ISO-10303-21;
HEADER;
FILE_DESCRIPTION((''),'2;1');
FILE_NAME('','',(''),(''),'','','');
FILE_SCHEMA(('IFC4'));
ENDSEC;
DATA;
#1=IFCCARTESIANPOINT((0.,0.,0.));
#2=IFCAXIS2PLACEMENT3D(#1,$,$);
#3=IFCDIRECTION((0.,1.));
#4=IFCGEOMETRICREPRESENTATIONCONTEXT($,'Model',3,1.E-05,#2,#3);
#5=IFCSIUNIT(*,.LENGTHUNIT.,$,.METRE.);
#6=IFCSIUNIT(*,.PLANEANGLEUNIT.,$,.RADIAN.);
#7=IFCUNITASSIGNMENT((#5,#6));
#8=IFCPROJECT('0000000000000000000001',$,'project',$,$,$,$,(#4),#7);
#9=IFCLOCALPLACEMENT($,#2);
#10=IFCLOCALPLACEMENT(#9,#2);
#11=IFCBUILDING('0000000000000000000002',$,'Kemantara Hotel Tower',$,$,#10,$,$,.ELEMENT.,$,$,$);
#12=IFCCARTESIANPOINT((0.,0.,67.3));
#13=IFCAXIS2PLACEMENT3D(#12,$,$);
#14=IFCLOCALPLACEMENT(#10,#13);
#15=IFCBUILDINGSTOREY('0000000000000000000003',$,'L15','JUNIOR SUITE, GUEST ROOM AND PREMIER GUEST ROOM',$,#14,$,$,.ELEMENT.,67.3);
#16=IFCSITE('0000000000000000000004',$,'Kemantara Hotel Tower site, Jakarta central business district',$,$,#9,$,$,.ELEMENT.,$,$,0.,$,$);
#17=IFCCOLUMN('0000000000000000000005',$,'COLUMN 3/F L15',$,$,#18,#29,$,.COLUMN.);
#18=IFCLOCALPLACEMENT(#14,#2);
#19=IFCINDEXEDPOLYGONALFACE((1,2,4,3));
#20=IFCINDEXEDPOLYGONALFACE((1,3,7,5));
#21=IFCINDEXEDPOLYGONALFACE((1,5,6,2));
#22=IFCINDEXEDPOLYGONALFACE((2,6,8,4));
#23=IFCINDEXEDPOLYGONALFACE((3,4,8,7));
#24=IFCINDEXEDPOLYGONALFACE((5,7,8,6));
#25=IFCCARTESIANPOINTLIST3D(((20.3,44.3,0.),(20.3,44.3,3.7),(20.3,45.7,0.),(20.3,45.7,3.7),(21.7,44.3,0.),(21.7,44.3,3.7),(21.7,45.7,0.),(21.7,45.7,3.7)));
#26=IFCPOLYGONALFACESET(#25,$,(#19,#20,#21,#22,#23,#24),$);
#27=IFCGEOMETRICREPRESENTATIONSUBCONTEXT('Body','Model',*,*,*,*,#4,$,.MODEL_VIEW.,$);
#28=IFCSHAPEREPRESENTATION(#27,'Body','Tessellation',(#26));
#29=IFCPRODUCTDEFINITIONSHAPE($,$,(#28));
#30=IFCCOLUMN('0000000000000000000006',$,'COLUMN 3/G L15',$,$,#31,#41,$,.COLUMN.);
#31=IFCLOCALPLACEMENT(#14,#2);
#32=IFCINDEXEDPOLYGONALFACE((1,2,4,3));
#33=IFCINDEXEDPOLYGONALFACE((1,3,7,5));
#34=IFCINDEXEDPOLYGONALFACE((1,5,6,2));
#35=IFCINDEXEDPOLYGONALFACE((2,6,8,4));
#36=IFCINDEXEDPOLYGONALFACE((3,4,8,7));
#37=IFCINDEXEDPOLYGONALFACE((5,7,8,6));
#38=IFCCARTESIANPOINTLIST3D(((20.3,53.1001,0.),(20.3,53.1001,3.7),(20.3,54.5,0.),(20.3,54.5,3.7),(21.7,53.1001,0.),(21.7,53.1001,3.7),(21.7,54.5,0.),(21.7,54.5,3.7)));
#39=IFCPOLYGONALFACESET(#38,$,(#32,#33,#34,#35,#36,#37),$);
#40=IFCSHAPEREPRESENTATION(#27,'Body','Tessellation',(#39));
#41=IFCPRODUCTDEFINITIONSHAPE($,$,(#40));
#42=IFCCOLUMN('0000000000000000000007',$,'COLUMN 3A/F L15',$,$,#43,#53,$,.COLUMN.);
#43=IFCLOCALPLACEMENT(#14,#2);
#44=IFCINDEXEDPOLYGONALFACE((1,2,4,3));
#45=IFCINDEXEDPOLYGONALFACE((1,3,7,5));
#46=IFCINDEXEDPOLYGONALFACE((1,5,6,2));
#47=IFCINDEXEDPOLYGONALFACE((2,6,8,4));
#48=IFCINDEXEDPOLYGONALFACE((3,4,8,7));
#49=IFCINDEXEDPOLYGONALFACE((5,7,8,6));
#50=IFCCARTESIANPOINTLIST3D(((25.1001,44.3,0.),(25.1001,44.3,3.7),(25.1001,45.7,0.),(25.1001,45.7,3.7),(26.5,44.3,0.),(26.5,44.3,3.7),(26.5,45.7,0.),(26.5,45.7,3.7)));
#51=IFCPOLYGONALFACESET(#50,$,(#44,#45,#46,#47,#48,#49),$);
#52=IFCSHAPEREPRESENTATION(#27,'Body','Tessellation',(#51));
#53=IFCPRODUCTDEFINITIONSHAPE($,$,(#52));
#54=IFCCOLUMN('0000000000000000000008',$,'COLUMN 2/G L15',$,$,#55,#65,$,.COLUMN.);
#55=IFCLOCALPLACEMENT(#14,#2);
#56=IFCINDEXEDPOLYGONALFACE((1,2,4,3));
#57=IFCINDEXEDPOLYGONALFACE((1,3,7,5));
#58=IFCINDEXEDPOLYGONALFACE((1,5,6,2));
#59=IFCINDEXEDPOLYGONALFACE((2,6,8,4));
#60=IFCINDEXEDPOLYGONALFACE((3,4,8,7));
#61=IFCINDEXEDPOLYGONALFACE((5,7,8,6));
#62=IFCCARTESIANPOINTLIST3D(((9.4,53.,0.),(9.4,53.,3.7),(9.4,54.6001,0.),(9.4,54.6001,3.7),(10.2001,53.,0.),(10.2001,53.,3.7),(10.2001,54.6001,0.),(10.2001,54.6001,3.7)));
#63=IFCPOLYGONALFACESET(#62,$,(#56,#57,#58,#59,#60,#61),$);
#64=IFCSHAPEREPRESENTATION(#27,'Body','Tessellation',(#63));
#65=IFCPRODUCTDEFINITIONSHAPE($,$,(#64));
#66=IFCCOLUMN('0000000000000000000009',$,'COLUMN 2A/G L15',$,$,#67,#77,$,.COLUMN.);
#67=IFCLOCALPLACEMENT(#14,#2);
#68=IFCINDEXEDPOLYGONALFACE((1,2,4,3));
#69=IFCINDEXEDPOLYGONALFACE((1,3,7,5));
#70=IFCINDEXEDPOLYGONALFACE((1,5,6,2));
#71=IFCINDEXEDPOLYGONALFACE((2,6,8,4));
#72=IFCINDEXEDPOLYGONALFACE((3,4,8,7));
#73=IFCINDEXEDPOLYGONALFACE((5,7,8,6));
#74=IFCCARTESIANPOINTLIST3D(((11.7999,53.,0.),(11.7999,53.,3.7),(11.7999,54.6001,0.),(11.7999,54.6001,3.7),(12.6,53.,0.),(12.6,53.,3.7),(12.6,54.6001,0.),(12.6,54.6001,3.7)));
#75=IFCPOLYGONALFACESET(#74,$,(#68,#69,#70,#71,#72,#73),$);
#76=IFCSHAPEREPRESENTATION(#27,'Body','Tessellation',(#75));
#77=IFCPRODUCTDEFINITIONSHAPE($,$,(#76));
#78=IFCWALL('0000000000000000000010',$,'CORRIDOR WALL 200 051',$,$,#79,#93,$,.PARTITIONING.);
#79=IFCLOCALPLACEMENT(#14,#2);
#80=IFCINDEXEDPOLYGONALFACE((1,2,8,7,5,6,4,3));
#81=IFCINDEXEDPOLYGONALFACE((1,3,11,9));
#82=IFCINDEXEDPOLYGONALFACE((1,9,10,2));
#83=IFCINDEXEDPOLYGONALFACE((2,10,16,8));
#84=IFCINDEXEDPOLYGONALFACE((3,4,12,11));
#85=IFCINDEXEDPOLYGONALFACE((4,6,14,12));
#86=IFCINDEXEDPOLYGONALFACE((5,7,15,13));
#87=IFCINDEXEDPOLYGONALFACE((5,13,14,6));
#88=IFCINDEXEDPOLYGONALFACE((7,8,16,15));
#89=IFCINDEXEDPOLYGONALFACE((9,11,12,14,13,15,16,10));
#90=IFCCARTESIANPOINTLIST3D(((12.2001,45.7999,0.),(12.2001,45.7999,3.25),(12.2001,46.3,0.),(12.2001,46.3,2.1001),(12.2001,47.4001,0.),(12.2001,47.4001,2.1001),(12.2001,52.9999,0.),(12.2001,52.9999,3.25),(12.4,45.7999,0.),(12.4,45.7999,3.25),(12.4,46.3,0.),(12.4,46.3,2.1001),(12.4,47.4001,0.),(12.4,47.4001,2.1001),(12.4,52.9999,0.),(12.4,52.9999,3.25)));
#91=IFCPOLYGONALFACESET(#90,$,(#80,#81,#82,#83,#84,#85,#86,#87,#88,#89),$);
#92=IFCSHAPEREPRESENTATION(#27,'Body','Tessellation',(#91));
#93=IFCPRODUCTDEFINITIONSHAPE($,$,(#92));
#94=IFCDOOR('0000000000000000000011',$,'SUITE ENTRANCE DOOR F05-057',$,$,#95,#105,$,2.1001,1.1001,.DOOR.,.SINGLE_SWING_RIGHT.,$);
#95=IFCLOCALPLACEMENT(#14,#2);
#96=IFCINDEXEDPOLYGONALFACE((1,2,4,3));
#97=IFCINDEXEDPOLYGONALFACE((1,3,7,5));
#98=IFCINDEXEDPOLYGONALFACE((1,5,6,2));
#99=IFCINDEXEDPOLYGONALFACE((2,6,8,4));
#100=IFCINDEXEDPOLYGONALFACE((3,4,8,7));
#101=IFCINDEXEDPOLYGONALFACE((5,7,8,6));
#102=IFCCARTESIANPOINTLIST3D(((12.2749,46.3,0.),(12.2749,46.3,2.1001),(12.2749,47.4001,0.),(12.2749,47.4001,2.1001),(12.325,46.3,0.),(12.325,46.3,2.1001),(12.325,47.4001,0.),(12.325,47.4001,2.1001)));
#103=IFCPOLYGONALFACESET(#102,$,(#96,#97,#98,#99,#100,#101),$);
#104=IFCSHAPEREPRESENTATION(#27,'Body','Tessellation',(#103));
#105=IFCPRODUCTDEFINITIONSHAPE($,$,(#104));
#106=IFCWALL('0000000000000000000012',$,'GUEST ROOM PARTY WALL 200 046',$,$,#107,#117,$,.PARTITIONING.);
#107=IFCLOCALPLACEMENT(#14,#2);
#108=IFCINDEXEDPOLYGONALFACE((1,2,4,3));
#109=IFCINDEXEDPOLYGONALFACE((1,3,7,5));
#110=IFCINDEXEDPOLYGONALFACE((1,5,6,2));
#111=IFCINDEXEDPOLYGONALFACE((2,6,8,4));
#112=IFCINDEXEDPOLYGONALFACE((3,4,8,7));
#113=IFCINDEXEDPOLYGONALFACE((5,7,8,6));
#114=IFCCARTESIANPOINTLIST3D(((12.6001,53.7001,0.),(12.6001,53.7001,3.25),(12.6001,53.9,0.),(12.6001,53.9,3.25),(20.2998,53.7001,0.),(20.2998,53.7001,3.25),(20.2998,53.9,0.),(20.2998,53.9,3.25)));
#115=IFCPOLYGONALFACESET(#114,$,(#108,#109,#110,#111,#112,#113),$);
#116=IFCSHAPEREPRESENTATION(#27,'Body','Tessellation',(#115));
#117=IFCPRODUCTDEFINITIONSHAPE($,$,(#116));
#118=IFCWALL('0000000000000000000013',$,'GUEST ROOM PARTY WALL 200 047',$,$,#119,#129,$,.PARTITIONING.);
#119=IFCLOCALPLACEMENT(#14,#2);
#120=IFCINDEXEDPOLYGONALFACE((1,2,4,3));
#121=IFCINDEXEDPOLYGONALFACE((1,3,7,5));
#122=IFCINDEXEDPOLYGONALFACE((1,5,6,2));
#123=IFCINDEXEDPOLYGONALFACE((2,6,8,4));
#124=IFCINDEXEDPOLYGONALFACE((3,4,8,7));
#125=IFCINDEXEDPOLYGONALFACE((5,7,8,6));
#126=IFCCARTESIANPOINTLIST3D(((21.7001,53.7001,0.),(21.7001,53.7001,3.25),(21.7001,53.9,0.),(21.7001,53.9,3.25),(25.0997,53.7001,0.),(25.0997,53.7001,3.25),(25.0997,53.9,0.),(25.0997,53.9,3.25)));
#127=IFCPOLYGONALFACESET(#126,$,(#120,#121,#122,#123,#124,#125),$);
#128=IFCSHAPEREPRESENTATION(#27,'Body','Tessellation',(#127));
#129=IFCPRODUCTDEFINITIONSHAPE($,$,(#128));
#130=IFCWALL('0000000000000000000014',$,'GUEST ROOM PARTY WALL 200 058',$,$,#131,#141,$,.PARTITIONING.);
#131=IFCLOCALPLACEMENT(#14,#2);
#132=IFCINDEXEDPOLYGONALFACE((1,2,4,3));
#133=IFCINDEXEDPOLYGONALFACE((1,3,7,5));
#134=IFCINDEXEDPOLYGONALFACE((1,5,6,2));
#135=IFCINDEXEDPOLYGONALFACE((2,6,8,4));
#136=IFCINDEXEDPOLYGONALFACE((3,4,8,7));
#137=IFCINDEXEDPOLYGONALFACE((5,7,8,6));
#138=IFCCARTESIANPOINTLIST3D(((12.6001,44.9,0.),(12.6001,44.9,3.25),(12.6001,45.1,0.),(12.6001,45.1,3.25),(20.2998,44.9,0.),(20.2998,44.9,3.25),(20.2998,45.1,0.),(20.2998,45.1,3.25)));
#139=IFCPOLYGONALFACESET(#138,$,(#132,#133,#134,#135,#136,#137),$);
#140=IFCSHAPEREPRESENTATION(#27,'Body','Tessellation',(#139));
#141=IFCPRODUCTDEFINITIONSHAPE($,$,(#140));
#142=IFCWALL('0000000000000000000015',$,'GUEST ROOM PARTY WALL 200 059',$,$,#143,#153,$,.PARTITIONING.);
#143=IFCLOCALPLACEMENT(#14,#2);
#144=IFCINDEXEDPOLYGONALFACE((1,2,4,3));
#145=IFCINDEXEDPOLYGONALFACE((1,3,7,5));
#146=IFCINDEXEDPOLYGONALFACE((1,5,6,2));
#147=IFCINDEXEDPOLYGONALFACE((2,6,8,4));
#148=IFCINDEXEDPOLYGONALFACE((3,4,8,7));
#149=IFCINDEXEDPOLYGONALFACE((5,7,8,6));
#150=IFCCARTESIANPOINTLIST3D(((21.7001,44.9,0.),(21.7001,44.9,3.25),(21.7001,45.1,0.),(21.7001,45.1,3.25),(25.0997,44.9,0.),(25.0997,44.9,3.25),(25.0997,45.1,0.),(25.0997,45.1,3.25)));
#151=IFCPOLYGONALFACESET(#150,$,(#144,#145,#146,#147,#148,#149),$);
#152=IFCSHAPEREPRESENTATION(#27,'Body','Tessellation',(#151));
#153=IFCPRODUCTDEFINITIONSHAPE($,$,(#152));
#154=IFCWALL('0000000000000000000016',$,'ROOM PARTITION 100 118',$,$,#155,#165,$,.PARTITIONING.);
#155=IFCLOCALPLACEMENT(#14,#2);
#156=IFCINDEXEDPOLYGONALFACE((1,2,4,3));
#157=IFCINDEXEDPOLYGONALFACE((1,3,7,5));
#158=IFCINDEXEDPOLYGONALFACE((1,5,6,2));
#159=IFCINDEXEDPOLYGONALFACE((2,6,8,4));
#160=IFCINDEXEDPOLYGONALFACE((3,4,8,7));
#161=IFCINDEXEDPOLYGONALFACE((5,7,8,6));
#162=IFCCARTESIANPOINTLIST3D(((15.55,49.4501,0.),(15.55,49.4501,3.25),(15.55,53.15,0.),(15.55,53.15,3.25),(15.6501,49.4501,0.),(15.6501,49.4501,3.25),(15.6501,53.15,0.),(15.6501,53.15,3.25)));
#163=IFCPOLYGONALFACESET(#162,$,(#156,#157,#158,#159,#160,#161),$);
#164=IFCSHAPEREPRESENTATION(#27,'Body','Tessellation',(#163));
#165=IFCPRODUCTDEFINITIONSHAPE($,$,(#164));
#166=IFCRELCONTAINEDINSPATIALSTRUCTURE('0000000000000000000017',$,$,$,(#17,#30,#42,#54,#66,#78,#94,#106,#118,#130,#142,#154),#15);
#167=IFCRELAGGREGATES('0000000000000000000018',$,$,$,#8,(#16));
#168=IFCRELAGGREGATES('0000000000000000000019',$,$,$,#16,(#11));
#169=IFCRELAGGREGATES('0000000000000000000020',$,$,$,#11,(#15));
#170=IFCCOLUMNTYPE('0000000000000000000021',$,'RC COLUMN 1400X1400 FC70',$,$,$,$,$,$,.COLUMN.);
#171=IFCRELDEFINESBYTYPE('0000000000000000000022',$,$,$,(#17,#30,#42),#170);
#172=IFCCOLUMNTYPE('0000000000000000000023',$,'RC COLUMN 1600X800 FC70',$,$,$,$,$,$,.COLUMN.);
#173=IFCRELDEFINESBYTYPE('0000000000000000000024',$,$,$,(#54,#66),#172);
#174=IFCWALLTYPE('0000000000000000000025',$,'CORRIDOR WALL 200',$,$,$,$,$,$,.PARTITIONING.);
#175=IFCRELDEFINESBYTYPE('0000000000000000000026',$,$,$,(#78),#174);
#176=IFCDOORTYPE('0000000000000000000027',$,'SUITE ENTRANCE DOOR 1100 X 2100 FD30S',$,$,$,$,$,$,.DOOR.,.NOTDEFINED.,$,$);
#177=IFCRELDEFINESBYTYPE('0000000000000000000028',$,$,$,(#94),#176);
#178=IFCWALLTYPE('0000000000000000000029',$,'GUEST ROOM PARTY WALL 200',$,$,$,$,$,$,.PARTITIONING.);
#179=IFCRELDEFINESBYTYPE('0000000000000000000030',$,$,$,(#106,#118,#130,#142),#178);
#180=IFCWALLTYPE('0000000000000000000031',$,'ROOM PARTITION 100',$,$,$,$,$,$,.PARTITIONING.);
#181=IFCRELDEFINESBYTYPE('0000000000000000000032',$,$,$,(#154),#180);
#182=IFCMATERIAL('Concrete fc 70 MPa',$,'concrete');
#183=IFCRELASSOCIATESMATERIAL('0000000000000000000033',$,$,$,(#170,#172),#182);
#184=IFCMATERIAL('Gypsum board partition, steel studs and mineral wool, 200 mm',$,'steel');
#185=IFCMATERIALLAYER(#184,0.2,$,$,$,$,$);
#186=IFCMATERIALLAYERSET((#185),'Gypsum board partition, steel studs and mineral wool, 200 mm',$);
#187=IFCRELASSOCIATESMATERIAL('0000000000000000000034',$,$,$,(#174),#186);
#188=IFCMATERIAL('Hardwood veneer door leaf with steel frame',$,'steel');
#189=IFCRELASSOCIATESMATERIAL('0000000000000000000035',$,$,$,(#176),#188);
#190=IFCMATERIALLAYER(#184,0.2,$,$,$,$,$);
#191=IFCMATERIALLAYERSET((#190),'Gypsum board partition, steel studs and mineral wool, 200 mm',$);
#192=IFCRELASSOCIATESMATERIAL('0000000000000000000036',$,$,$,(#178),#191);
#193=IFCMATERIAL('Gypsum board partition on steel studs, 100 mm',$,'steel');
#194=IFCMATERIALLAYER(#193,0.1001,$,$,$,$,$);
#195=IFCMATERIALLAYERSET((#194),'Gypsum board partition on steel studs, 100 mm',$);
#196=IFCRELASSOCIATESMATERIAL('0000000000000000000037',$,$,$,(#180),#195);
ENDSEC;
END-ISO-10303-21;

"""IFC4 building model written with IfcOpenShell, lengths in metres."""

from ifc_helpers import new_model, si_unit, direction, frame, frame_2d, origin, origin_2d, place, context, subcontext, project, spatial, rectangle, extrude, material, layer, layer_set, material_profile, profile_set, type_object, element, fill, save


model = new_model("IFC4")

# Units and contexts
model_context = context("Model", 3, precision=1e-05, world=origin(), true_north=direction((0.0, 1.0)))
body_context = subcontext(model_context, "Body", "Model", "MODEL_VIEW")
ifc_project = project(units=[si_unit("LENGTHUNIT", "METRE"), si_unit("PLANEANGLEUNIT", "RADIAN")], contexts=[model_context])

# Site, building, storey
site_placement = place(None, origin())
site = spatial("IfcSite", under=ifc_project, at=site_placement, Name="Kemantara Hotel Tower site, Jakarta central business district", CompositionType="ELEMENT", RefElevation=0.0)
building_placement = place(site_placement, origin())
building = spatial("IfcBuilding", under=site, at=building_placement, Name="Kemantara Hotel Tower", CompositionType="ELEMENT")
storey_placement = place(building_placement, frame((0.0, 0.0, 67.3)))
storey = spatial("IfcBuildingStorey", under=building, at=storey_placement, Name="L15", Description="JUNIOR SUITE, GUEST ROOM AND PREMIER GUEST ROOM", CompositionType="ELEMENT", Elevation=67.3)

# Columns
ifc_material_1 = material(Name="Concrete fc 70 MPa", Category="concrete")
ifc_material_profile_1 = material_profile(ifc_material_1, rectangle(XDim=1.3999, YDim=1.3999, at=origin_2d()), Name="RC 1400X1400")
ifc_profile_set_1 = profile_set([ifc_material_profile_1], Name="Concrete fc 70 MPa")
column_type_1 = type_object("IfcColumnType", Name="RC COLUMN 1400X1400 FC70", PredefinedType="COLUMN", material=ifc_profile_set_1)
for number, where, z_axis, x_axis, name in (
    (1, (21.0, 45.0, 0.0), (0.0, 0.0, 1.0), (1.0, 0.0, 0.0), "COLUMN 3/F L15"),
    (2, (21.0, 53.8, 0.0), (0.0, 0.0, 1.0), (1.0, 0.0, 0.0), "COLUMN 3/G L15"),
    (3, (25.8, 45.0, 0.0), (0.0, 0.0, 1.0), (1.0, 0.0, 0.0), "COLUMN 3A/F L15"),
):
    element("IfcColumn", number, at=place(storey_placement, frame(where, z_axis=z_axis, x_axis=x_axis)), inside=storey, type_object=column_type_1, Name=name, PredefinedType="COLUMN", context=body_context, shape_type="SweptSolid", body=[
        extrude(rectangle(XDim=1.3999, YDim=1.3999, at=origin_2d()), origin(), (0.0, 0.0, 1.0), 3.7),
    ])
ifc_material_profile_2 = material_profile(ifc_material_1, rectangle(XDim=1.6001, YDim=0.8, at=origin_2d()), Name="RC 1600X800")
ifc_profile_set_2 = profile_set([ifc_material_profile_2], Name="Concrete fc 70 MPa")
column_type_2 = type_object("IfcColumnType", Name="RC COLUMN 1600X800 FC70", PredefinedType="COLUMN", material=ifc_profile_set_2)
for number, where, z_axis, x_axis, name in (
    (4, (9.8, 53.8, 0.0), (0.0, 0.0, 1.0), (0.0, 1.0, 0.0), "COLUMN 2/G L15"),
    (5, (12.2, 53.8, 0.0), (0.0, 0.0, 1.0), (0.0, 1.0, 0.0), "COLUMN 2A/G L15"),
):
    element("IfcColumn", number, at=place(storey_placement, frame(where, z_axis=z_axis, x_axis=x_axis)), inside=storey, type_object=column_type_2, Name=name, PredefinedType="COLUMN", context=body_context, shape_type="SweptSolid", body=[
        extrude(rectangle(XDim=1.6001, YDim=0.8, at=origin_2d()), origin(), (0.0, 0.0, 1.0), 3.7),
    ])

# Wall, opening, door
ifc_material_2 = material(Name="Gypsum board partition, steel studs and mineral wool, 200 mm", Category="steel")
ifc_layer_1 = layer(ifc_material_2, 0.2)
ifc_layer_set_1 = layer_set([ifc_layer_1], Name="Gypsum board partition, steel studs and mineral wool, 200 mm")
wall_type_1 = type_object("IfcWallType", Name="CORRIDOR WALL 200", PredefinedType="PARTITIONING", material=ifc_layer_set_1)
wall_1_placement = place(storey_placement, frame((12.3, 53.0, 0.0), z_axis=(0.0, 0.0, 1.0), x_axis=(0.0, -1.0, 0.0)))
wall_1 = element("IfcWall", 6, at=wall_1_placement, inside=storey, type_object=wall_type_1, Name="CORRIDOR WALL 200 051", PredefinedType="PARTITIONING", context=body_context, shape_type="SweptSolid", body=[
    extrude(rectangle(XDim=7.2, YDim=0.2, at=frame_2d((3.6001, 0.0))), origin(), (0.0, 0.0, 1.0), 3.25),
])
opening_1_placement = place(wall_1_placement, frame((5.5999, 0.0, 0.0)))
opening_1 = element("IfcOpeningElement", 7, at=opening_1_placement, cuts=wall_1, PredefinedType="OPENING", context=body_context, shape_type="SweptSolid", body=[
    extrude(rectangle(XDim=1.1001, YDim=2.1001, at=frame_2d((0.55, 1.05))), frame((0.0, 0.1099, 0.0), z_axis=(0.0, -1.0, 0.0), x_axis=(1.0, 0.0, 0.0)), (0.0, 0.0, 1.0), 0.22),
])
ifc_material_3 = material(Name="Hardwood veneer door leaf with steel frame", Category="steel")
door_type_1 = type_object("IfcDoorType", Name="SUITE ENTRANCE DOOR 1100 X 2100 FD30S", OperationType="NOTDEFINED", PredefinedType="DOOR", material=ifc_material_3)
door_1_placement = place(opening_1_placement, origin())
door_1 = element("IfcDoor", 8, at=door_1_placement, inside=storey, type_object=door_type_1, Name="SUITE ENTRANCE DOOR F05-057", OperationType="SINGLE_SWING_RIGHT", OverallHeight=2.1001, OverallWidth=1.1001, PredefinedType="DOOR", context=body_context, shape_type="SweptSolid", body=[
    extrude(rectangle(XDim=1.1001, YDim=2.1001, at=frame_2d((0.55, 1.05))), frame((0.0, 0.0249, 0.0), z_axis=(0.0, -1.0, 0.0), x_axis=(1.0, 0.0, 0.0)), (0.0, 0.0, 1.0), 0.05),
])
fill(opening_1, door_1)

# Walls
ifc_layer_2 = layer(ifc_material_2, 0.2)
ifc_layer_set_2 = layer_set([ifc_layer_2], Name="Gypsum board partition, steel studs and mineral wool, 200 mm")
wall_type_2 = type_object("IfcWallType", Name="GUEST ROOM PARTY WALL 200", PredefinedType="PARTITIONING", material=ifc_layer_set_2)
wall_2_placement = place(storey_placement, frame((12.6001, 53.8, 0.0), z_axis=(0.0, 0.0, 1.0), x_axis=(1.0, 0.0, 0.0)))
element("IfcWall", 9, at=wall_2_placement, inside=storey, type_object=wall_type_2, Name="GUEST ROOM PARTY WALL 200 046", PredefinedType="PARTITIONING", context=body_context, shape_type="SweptSolid", body=[
    extrude(rectangle(XDim=7.6997, YDim=0.2, at=frame_2d((3.8499, 0.0))), origin(), (0.0, 0.0, 1.0), 3.25),
])
wall_3_placement = place(storey_placement, frame((21.7002, 53.8, 0.0), z_axis=(0.0, 0.0, 1.0), x_axis=(1.0, 0.0, 0.0)))
element("IfcWall", 10, at=wall_3_placement, inside=storey, type_object=wall_type_2, Name="GUEST ROOM PARTY WALL 200 047", PredefinedType="PARTITIONING", context=body_context, shape_type="SweptSolid", body=[
    extrude(rectangle(XDim=3.3997, YDim=0.2, at=frame_2d((1.6997, 0.0))), origin(), (0.0, 0.0, 1.0), 3.25),
])
wall_4_placement = place(storey_placement, frame((12.6001, 45.0, 0.0), z_axis=(0.0, 0.0, 1.0), x_axis=(1.0, 0.0, 0.0)))
element("IfcWall", 11, at=wall_4_placement, inside=storey, type_object=wall_type_2, Name="GUEST ROOM PARTY WALL 200 058", PredefinedType="PARTITIONING", context=body_context, shape_type="SweptSolid", body=[
    extrude(rectangle(XDim=7.6997, YDim=0.2, at=frame_2d((3.8499, 0.0))), origin(), (0.0, 0.0, 1.0), 3.25),
])
wall_5_placement = place(storey_placement, frame((21.7002, 45.0, 0.0), z_axis=(0.0, 0.0, 1.0), x_axis=(1.0, 0.0, 0.0)))
element("IfcWall", 12, at=wall_5_placement, inside=storey, type_object=wall_type_2, Name="GUEST ROOM PARTY WALL 200 059", PredefinedType="PARTITIONING", context=body_context, shape_type="SweptSolid", body=[
    extrude(rectangle(XDim=3.3997, YDim=0.2, at=frame_2d((1.6997, 0.0))), origin(), (0.0, 0.0, 1.0), 3.25),
])
ifc_material_4 = material(Name="Gypsum board partition on steel studs, 100 mm", Category="steel")
ifc_layer_3 = layer(ifc_material_4, 0.1001)
ifc_layer_set_3 = layer_set([ifc_layer_3], Name="Gypsum board partition on steel studs, 100 mm")
wall_type_3 = type_object("IfcWallType", Name="ROOM PARTITION 100", PredefinedType="PARTITIONING", material=ifc_layer_set_3)
wall_6_placement = place(storey_placement, frame((15.6001, 49.45, 0.0), z_axis=(0.0, 0.0, 1.0), x_axis=(0.0, 1.0, 0.0)))
element("IfcWall", 13, at=wall_6_placement, inside=storey, type_object=wall_type_3, Name="ROOM PARTITION 100 118", PredefinedType="PARTITIONING", context=body_context, shape_type="SweptSolid", body=[
    extrude(rectangle(XDim=3.7, YDim=0.1001, at=frame_2d((1.8501, 0.0))), origin(), (0.0, 0.0, 1.0), 3.25),
])

save(model, "model.ifc")
